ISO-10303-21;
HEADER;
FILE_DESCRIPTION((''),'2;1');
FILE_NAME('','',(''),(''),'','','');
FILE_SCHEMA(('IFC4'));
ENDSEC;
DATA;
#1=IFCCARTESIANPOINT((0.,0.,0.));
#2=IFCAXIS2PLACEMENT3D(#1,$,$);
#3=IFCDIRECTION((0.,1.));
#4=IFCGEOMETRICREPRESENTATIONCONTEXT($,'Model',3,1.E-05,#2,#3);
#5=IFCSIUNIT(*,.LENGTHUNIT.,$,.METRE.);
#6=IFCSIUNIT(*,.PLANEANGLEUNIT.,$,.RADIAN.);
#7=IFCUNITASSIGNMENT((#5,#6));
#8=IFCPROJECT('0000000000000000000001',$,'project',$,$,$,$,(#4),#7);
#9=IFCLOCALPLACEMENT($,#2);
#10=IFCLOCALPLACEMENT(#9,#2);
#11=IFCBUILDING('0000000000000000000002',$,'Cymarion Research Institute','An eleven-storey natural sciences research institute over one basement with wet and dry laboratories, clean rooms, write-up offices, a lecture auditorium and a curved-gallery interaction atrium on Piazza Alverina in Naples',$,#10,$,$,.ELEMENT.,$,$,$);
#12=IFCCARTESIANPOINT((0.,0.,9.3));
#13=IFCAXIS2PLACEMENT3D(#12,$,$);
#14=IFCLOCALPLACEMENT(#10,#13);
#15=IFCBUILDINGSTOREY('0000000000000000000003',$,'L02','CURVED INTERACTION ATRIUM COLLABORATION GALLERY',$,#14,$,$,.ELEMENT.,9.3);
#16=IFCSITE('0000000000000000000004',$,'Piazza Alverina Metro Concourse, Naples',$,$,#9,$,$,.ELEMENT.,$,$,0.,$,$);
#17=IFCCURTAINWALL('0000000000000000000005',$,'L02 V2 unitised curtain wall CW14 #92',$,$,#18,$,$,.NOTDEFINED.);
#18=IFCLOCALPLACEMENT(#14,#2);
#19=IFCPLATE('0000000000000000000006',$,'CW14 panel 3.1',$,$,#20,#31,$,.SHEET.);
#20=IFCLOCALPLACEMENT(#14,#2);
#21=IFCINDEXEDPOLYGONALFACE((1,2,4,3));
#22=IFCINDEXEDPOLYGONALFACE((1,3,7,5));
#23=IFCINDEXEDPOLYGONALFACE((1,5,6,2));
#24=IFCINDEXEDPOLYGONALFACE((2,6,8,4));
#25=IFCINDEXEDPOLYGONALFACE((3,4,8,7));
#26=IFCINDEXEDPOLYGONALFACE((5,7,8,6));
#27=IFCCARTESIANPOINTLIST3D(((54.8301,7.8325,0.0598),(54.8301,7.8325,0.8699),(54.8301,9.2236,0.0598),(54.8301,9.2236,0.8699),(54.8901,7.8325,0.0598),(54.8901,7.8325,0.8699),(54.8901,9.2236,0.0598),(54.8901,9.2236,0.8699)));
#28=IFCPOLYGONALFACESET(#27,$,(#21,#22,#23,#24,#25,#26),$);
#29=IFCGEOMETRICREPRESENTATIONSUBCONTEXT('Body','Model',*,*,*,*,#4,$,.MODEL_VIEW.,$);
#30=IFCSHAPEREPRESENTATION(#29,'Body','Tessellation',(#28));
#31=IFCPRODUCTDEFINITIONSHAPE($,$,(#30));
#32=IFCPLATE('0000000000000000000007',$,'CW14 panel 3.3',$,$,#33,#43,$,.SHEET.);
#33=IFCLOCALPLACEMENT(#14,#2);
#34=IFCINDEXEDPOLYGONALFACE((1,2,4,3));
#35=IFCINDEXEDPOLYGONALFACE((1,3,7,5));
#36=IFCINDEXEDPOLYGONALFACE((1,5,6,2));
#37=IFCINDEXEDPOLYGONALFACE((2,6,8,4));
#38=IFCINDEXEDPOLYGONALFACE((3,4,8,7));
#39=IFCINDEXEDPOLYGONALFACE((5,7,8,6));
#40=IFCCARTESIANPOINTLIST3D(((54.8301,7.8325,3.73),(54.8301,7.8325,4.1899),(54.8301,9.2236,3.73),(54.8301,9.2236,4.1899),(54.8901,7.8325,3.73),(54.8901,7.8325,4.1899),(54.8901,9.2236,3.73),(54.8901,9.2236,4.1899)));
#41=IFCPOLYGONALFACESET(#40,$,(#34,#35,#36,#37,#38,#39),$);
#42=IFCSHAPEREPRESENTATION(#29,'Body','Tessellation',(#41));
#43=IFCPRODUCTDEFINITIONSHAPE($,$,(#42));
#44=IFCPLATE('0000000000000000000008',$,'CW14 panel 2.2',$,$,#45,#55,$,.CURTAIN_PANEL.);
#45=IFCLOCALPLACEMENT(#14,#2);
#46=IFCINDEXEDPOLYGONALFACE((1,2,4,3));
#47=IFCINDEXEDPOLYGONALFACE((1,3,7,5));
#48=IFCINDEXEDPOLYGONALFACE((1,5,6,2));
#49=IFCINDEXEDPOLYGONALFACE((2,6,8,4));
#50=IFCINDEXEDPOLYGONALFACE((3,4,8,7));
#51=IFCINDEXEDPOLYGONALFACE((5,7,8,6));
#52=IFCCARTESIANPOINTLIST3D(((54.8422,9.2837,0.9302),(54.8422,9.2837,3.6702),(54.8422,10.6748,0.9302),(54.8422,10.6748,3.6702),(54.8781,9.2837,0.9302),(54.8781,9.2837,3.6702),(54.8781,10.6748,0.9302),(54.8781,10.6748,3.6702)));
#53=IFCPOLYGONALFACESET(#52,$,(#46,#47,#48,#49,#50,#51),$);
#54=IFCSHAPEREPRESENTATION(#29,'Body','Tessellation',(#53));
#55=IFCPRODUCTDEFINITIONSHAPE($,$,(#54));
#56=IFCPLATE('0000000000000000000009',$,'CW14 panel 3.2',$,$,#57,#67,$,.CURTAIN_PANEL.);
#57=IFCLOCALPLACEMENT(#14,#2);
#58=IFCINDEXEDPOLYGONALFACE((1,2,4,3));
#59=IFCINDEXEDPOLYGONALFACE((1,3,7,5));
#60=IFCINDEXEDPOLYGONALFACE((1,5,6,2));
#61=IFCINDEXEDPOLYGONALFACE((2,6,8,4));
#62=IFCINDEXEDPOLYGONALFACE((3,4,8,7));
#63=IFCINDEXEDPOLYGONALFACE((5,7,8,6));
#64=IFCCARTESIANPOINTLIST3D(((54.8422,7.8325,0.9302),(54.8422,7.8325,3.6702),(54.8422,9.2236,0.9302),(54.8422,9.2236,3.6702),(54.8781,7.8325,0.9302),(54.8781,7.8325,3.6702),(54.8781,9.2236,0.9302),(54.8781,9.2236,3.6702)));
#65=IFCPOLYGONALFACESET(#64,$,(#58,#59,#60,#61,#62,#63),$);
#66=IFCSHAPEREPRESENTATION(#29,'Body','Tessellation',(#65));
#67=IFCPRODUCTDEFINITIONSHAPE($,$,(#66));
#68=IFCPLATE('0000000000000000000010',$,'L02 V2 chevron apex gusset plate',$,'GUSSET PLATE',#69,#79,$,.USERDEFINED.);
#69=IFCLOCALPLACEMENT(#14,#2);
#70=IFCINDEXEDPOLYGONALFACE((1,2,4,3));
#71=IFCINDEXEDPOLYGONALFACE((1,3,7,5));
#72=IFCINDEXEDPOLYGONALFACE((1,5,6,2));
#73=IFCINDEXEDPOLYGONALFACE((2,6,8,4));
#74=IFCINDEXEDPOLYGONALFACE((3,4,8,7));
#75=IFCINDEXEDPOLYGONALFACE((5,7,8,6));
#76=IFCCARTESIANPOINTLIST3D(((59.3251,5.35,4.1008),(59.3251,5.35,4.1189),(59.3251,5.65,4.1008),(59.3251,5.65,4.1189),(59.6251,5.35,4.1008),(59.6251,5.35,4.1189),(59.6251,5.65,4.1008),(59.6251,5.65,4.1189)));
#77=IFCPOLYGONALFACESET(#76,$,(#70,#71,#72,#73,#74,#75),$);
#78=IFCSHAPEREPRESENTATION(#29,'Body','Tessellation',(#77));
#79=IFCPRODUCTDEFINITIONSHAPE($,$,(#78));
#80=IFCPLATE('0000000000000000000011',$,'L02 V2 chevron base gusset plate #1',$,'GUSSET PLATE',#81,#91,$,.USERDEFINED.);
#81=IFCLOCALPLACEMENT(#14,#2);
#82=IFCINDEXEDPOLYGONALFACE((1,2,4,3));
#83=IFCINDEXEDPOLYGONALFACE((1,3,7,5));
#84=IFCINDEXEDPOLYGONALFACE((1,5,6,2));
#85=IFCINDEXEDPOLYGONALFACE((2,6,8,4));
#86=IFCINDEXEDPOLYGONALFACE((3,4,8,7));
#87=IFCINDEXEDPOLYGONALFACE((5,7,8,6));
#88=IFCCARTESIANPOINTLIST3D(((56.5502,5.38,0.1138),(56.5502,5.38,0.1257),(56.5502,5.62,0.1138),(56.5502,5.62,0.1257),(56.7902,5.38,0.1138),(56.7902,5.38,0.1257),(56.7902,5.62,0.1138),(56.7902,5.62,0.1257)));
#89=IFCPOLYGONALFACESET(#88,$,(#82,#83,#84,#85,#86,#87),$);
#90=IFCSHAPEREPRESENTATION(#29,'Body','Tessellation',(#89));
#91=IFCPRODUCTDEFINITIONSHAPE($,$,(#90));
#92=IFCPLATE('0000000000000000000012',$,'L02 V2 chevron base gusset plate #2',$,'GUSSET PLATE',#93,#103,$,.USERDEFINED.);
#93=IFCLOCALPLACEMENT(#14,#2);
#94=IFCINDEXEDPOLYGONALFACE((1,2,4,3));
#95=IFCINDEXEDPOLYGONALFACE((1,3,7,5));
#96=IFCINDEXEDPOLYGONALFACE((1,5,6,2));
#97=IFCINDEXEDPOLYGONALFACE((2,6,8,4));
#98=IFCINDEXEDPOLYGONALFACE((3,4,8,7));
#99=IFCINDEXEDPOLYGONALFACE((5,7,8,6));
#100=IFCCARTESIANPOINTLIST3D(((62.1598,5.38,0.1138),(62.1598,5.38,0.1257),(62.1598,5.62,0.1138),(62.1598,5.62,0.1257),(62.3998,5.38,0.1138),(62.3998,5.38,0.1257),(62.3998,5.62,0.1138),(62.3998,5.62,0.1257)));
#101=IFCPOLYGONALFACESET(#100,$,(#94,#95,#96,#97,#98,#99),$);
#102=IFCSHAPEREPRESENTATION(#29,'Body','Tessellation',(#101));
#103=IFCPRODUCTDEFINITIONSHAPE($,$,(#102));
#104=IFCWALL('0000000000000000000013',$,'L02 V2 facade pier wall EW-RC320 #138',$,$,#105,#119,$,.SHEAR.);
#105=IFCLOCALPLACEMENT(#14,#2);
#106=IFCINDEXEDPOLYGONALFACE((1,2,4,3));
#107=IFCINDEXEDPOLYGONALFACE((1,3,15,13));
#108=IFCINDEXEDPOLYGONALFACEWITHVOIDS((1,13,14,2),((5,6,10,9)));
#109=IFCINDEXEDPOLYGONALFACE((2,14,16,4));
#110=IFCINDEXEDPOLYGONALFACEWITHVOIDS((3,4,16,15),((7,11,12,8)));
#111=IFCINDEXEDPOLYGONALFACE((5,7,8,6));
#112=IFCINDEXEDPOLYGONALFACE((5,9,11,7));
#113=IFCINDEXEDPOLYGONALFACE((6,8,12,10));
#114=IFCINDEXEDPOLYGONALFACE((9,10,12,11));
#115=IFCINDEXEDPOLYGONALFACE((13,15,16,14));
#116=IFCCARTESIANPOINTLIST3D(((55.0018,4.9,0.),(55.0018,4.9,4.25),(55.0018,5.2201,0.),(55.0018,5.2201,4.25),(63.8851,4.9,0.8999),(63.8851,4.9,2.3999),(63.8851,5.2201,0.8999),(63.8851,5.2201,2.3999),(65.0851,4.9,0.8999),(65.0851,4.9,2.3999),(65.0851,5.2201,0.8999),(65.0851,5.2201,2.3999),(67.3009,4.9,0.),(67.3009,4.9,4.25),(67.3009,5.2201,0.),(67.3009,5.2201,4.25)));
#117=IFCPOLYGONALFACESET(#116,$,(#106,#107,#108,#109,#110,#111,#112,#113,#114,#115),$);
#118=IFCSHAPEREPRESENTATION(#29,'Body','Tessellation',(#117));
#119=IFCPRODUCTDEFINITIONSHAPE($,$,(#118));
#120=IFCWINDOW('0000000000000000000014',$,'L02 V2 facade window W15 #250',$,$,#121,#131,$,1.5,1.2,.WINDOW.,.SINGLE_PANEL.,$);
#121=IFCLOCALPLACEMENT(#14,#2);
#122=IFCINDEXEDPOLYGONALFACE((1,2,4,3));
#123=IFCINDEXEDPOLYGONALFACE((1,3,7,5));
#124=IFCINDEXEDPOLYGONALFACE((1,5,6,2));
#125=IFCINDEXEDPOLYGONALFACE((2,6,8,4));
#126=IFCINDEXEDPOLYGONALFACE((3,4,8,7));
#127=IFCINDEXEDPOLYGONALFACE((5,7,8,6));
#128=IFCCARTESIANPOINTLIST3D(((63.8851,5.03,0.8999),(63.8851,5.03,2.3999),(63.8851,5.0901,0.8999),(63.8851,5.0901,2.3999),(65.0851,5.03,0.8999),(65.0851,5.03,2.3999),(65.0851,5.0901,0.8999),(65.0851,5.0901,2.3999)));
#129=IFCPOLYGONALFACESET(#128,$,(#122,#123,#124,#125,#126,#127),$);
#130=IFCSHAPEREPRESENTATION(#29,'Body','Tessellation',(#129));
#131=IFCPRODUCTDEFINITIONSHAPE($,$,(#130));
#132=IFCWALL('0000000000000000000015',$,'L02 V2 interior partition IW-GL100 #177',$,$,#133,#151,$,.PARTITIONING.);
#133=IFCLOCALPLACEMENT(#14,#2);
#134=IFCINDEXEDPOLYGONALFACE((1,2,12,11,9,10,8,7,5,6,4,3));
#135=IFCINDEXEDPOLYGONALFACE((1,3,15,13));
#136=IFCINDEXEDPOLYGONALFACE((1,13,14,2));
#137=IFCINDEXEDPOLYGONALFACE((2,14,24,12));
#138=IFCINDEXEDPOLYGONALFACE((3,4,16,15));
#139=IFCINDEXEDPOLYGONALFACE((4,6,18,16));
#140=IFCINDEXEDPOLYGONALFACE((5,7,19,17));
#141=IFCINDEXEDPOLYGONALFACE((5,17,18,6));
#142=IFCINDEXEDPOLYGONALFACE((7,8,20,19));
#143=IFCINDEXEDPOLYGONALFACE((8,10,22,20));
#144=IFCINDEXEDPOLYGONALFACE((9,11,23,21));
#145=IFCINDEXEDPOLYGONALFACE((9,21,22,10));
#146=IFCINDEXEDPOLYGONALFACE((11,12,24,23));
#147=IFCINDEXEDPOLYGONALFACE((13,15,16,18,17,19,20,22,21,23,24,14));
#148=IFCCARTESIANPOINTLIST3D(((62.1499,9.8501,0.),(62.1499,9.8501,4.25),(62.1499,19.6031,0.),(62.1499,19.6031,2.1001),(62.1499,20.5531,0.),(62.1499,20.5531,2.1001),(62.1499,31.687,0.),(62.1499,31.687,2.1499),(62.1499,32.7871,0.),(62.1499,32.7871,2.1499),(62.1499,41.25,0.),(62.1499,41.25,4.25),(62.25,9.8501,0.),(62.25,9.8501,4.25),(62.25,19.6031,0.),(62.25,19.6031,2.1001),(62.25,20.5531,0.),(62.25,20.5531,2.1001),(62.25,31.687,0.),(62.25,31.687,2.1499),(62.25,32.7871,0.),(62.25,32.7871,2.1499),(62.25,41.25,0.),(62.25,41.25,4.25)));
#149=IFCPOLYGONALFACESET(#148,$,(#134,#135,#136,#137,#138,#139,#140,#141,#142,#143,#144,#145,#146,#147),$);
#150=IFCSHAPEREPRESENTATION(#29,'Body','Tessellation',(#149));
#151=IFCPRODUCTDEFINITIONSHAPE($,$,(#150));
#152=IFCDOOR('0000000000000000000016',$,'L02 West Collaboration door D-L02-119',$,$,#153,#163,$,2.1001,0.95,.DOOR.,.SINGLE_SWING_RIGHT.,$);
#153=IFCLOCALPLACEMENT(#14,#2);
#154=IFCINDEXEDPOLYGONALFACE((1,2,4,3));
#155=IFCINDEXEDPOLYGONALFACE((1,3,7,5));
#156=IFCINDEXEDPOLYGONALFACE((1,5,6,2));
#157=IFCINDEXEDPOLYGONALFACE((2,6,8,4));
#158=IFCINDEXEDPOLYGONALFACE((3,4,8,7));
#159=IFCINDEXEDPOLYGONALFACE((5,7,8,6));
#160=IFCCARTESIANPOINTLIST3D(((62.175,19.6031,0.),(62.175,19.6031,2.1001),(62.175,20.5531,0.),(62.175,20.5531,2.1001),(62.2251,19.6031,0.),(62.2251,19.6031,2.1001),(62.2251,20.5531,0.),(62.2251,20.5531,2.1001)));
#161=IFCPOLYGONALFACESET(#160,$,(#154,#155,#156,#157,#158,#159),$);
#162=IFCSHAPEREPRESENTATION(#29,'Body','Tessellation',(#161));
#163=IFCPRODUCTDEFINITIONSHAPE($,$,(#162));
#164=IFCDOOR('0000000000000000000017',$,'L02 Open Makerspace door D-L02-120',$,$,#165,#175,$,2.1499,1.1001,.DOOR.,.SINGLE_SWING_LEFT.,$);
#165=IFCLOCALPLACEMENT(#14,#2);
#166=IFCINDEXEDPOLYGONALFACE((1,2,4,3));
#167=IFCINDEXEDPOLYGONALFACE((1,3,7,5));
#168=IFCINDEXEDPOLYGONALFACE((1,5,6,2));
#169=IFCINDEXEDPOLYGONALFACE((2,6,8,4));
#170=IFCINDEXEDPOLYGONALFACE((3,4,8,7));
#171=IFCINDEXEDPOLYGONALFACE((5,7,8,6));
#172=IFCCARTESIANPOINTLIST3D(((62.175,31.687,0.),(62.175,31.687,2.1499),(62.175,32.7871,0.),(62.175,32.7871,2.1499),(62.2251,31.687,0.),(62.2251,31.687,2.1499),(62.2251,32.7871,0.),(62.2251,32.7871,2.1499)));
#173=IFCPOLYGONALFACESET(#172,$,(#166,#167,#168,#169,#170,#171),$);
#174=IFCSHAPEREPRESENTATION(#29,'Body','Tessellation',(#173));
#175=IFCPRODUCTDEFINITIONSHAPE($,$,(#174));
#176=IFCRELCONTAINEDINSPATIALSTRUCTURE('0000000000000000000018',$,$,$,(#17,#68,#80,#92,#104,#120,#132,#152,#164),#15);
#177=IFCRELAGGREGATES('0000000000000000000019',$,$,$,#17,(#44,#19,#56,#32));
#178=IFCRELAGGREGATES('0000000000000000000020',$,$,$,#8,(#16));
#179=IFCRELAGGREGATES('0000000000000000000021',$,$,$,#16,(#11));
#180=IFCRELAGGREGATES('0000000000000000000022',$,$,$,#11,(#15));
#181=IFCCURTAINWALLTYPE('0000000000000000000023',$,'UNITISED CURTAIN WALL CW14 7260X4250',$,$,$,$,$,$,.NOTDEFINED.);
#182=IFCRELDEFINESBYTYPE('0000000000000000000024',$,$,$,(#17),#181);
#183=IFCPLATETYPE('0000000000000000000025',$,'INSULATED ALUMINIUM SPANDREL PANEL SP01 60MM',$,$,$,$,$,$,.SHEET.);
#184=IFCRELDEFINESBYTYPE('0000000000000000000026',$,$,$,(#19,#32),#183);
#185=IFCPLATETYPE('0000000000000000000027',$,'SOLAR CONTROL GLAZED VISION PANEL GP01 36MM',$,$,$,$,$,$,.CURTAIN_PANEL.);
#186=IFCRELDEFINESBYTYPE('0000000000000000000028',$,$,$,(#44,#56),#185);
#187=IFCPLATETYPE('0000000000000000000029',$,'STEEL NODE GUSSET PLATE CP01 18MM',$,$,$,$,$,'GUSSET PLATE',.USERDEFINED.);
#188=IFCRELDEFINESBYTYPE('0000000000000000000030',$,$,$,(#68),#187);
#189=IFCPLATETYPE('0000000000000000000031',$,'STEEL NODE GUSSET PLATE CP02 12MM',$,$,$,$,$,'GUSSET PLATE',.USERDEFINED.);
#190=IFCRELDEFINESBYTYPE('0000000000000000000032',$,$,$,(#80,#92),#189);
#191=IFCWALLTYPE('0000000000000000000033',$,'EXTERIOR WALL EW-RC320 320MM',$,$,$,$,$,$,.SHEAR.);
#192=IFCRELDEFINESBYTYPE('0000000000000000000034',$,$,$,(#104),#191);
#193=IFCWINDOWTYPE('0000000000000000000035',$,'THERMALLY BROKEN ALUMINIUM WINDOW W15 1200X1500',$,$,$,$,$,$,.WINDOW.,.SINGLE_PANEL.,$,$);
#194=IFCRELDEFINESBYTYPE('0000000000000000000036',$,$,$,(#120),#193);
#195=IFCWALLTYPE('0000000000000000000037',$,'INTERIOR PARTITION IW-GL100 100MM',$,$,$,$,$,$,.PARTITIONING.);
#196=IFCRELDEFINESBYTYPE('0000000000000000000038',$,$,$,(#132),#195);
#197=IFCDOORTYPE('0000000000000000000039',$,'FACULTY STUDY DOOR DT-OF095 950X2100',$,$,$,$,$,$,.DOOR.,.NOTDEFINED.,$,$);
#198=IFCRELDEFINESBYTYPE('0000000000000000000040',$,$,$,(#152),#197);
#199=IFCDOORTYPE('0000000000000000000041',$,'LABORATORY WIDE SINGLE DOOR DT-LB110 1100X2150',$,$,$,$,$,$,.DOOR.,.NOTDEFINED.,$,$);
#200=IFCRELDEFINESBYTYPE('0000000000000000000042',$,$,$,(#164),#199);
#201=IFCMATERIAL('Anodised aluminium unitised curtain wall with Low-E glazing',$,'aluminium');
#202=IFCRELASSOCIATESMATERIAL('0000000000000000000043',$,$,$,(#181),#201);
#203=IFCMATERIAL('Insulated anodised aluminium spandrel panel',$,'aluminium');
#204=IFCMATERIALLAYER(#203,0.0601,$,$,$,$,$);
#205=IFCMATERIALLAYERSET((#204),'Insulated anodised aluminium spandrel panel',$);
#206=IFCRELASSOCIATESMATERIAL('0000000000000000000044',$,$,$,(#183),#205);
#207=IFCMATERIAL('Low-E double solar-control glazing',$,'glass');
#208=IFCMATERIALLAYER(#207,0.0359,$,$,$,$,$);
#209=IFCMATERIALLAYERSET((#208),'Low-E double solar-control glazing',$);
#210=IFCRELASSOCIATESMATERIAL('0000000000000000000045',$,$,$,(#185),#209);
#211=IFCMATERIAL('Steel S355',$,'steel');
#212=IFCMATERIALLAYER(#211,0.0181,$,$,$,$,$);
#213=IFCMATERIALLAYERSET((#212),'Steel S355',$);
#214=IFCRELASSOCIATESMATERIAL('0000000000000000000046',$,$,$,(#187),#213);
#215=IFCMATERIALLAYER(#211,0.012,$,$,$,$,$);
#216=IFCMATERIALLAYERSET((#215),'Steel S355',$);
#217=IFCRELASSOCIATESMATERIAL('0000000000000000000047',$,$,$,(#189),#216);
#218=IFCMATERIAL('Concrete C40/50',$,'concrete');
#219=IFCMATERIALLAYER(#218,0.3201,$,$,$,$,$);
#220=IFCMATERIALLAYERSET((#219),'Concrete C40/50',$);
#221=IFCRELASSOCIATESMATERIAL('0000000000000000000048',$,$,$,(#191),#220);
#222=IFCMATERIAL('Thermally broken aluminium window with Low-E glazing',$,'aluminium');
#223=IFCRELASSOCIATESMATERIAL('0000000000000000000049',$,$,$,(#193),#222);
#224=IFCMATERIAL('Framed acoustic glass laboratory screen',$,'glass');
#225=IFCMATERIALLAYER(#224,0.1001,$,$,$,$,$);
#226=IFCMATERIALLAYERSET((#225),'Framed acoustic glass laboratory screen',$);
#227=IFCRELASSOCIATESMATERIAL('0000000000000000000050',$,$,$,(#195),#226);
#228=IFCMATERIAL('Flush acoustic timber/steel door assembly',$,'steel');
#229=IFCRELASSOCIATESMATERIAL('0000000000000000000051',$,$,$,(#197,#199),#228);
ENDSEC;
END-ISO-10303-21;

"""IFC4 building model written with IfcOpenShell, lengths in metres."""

from ifc_helpers import new_model, si_unit, direction, frame, frame_2d, origin, origin_2d, place, context, subcontext, project, spatial, rectangle, extrude, material, layer, layer_set, type_object, element, fill, aggregate, save


model = new_model("IFC4")

# Units and contexts
model_context = context("Model", 3, precision=1e-05, world=origin(), true_north=direction((0.0, 1.0)))
body_context = subcontext(model_context, "Body", "Model", "MODEL_VIEW")
ifc_project = project(units=[si_unit("LENGTHUNIT", "METRE"), si_unit("PLANEANGLEUNIT", "RADIAN")], contexts=[model_context])

# Site, building, storey
site_placement = place(None, origin())
site = spatial("IfcSite", under=ifc_project, at=site_placement, Name="Piazza Alverina Metro Concourse, Naples", CompositionType="ELEMENT", RefElevation=0.0)
building_placement = place(site_placement, origin())
building = spatial("IfcBuilding", under=site, at=building_placement, Name="Cymarion Research Institute", Description="An eleven-storey natural sciences research institute over one basement with wet and dry laboratories, clean rooms, write-up offices, a lecture auditorium and a curved-gallery interaction atrium on Piazza Alverina in Naples", CompositionType="ELEMENT")
storey_placement = place(building_placement, frame((0.0, 0.0, 9.3)))
storey = spatial("IfcBuildingStorey", under=building, at=storey_placement, Name="L02", Description="CURVED INTERACTION ATRIUM COLLABORATION GALLERY", CompositionType="ELEMENT", Elevation=9.3)

# Shared definitions
ifc_material_1 = material(Name="Steel S355", Category="steel")

# Shared definitions
ifc_material_2 = material(Name="Concrete C40/50", Category="concrete")

# Curtain wall
ifc_material_3 = material(Name="Anodised aluminium unitised curtain wall with Low-E glazing", Category="aluminium")
curtain_wall_type = type_object("IfcCurtainWallType", Name="UNITISED CURTAIN WALL CW14 7260X4250", PredefinedType="NOTDEFINED", material=ifc_material_3)
curtain_wall_placement = place(storey_placement, origin())
curtain_wall = element("IfcCurtainWall", 1, at=curtain_wall_placement, inside=storey, type_object=curtain_wall_type, Name="L02 V2 unitised curtain wall CW14 #92", PredefinedType="NOTDEFINED")

# Plates
ifc_material_4 = material(Name="Insulated anodised aluminium spandrel panel", Category="aluminium")
ifc_layer_1 = layer(ifc_material_4, 0.0601)
ifc_layer_set_1 = layer_set([ifc_layer_1], Name="Insulated anodised aluminium spandrel panel")
plate_type_1 = type_object("IfcPlateType", Name="INSULATED ALUMINIUM SPANDREL PANEL SP01 60MM", PredefinedType="SHEET", material=ifc_layer_set_1)
plate_1_placement = place(storey_placement, frame((54.8601, 8.5281, 0.0598), z_axis=(0.0, 0.0, 1.0), x_axis=(0.0, -1.0, 0.0)))
plate_1 = element("IfcPlate", 2, at=plate_1_placement, type_object=plate_type_1, Name="CW14 panel 3.1", PredefinedType="SHEET", context=body_context, shape_type="SweptSolid", body=[
    extrude(rectangle(XDim=1.3911, YDim=0.0601, at=origin_2d()), origin(), (0.0, 0.0, 1.0), 0.8101),
])
plate_2_placement = place(storey_placement, frame((54.8601, 8.5281, 3.73), z_axis=(0.0, 0.0, 1.0), x_axis=(0.0, -1.0, 0.0)))
plate_2 = element("IfcPlate", 3, at=plate_2_placement, type_object=plate_type_1, Name="CW14 panel 3.3", PredefinedType="SHEET", context=body_context, shape_type="SweptSolid", body=[
    extrude(rectangle(XDim=1.3911, YDim=0.0601, at=origin_2d()), origin(), (0.0, 0.0, 1.0), 0.46),
])
ifc_material_5 = material(Name="Low-E double solar-control glazing", Category="glass")
ifc_layer_2 = layer(ifc_material_5, 0.0359)
ifc_layer_set_2 = layer_set([ifc_layer_2], Name="Low-E double solar-control glazing")
plate_type_2 = type_object("IfcPlateType", Name="SOLAR CONTROL GLAZED VISION PANEL GP01 36MM", PredefinedType="CURTAIN_PANEL", material=ifc_layer_set_2)
plate_3_placement = place(storey_placement, frame((54.8601, 9.9792, 0.9302), z_axis=(0.0, 0.0, 1.0), x_axis=(0.0, -1.0, 0.0)))
plate_3 = element("IfcPlate", 4, at=plate_3_placement, type_object=plate_type_2, Name="CW14 panel 2.2", PredefinedType="CURTAIN_PANEL", context=body_context, shape_type="SweptSolid", body=[
    extrude(rectangle(XDim=1.3911, YDim=0.0359, at=origin_2d()), origin(), (0.0, 0.0, 1.0), 2.74),
])
plate_4_placement = place(storey_placement, frame((54.8601, 8.5281, 0.9302), z_axis=(0.0, 0.0, 1.0), x_axis=(0.0, -1.0, 0.0)))
plate_4 = element("IfcPlate", 5, at=plate_4_placement, type_object=plate_type_2, Name="CW14 panel 3.2", PredefinedType="CURTAIN_PANEL", context=body_context, shape_type="SweptSolid", body=[
    extrude(rectangle(XDim=1.3911, YDim=0.0359, at=origin_2d()), origin(), (0.0, 0.0, 1.0), 2.74),
])
aggregate(curtain_wall, [plate_3, plate_1, plate_4, plate_2])

# Plates
ifc_layer_3 = layer(ifc_material_1, 0.0181)
ifc_layer_set_3 = layer_set([ifc_layer_3], Name="Steel S355")
plate_type_3 = type_object("IfcPlateType", Name="STEEL NODE GUSSET PLATE CP01 18MM", ElementType="GUSSET PLATE", PredefinedType="USERDEFINED", material=ifc_layer_set_3)
plate_5_placement = place(storey_placement, frame((59.4751, 5.5, 4.1008), z_axis=(0.0, 0.0, 1.0), x_axis=(1.0, 0.0, 0.0)))
element("IfcPlate", 6, at=plate_5_placement, inside=storey, type_object=plate_type_3, Name="L02 V2 chevron apex gusset plate", ObjectType="GUSSET PLATE", PredefinedType="USERDEFINED", context=body_context, shape_type="SweptSolid", body=[
    extrude(rectangle(XDim=0.3, YDim=0.3, at=origin_2d()), origin(), (0.0, 0.0, 1.0), 0.0181),
])
ifc_layer_4 = layer(ifc_material_1, 0.012)
ifc_layer_set_4 = layer_set([ifc_layer_4], Name="Steel S355")
plate_type_4 = type_object("IfcPlateType", Name="STEEL NODE GUSSET PLATE CP02 12MM", ElementType="GUSSET PLATE", PredefinedType="USERDEFINED", material=ifc_layer_set_4)
for number, where, z_axis, x_axis, name in (
    (7, (56.6702, 5.5, 0.1138), (0.0, 0.0, 1.0), (1.0, 0.0, 0.0), "L02 V2 chevron base gusset plate #1"),
    (8, (62.2798, 5.5, 0.1138), (0.0, 0.0, 1.0), (1.0, 0.0, 0.0), "L02 V2 chevron base gusset plate #2"),
):
    element("IfcPlate", number, at=place(storey_placement, frame(where, z_axis=z_axis, x_axis=x_axis)), inside=storey, type_object=plate_type_4, Name=name, ObjectType="GUSSET PLATE", PredefinedType="USERDEFINED", context=body_context, shape_type="SweptSolid", body=[
        extrude(rectangle(XDim=0.24, YDim=0.24, at=origin_2d()), origin(), (0.0, 0.0, 1.0), 0.012),
    ])

# Wall, opening, window
ifc_layer_5 = layer(ifc_material_2, 0.3201)
ifc_layer_set_5 = layer_set([ifc_layer_5], Name="Concrete C40/50")
wall_type_1 = type_object("IfcWallType", Name="EXTERIOR WALL EW-RC320 320MM", PredefinedType="SHEAR", material=ifc_layer_set_5)
wall_1_placement = place(storey_placement, frame((55.002, 5.0601, 0.0), z_axis=(0.0, 0.0, 1.0), x_axis=(1.0, 0.0, 0.0)))
wall_1 = element("IfcWall", 9, at=wall_1_placement, inside=storey, type_object=wall_type_1, Name="L02 V2 facade pier wall EW-RC320 #138", PredefinedType="SHEAR", context=body_context, shape_type="SweptSolid", body=[
    extrude(rectangle(XDim=12.2991, YDim=0.3201, at=frame_2d((6.1494, 0.0))), origin(), (0.0, 0.0, 1.0), 4.25),
])
opening_1_placement = place(wall_1_placement, frame((8.8831, 0.0, 0.8999)))
opening_1 = element("IfcOpeningElement", 10, at=opening_1_placement, cuts=wall_1, PredefinedType="OPENING", context=body_context, shape_type="SweptSolid", body=[
    extrude(rectangle(XDim=1.2, YDim=1.5, at=frame_2d((0.6001, 0.75))), frame((0.0, 0.1699, 0.0), z_axis=(0.0, -1.0, 0.0), x_axis=(1.0, 0.0, 0.0)), (0.0, 0.0, 1.0), 0.3401),
])
ifc_material_6 = material(Name="Thermally broken aluminium window with Low-E glazing", Category="aluminium")
window_type = type_object("IfcWindowType", Name="THERMALLY BROKEN ALUMINIUM WINDOW W15 1200X1500", PartitioningType="SINGLE_PANEL", PredefinedType="WINDOW", material=ifc_material_6)
window_placement = place(opening_1_placement, origin())
window = element("IfcWindow", 11, at=window_placement, inside=storey, type_object=window_type, Name="L02 V2 facade window W15 #250", OverallHeight=1.5, OverallWidth=1.2, PartitioningType="SINGLE_PANEL", PredefinedType="WINDOW", context=body_context, shape_type="SweptSolid", body=[
    extrude(rectangle(XDim=1.2, YDim=1.5, at=frame_2d((0.6001, 0.75))), frame((0.0, 0.03, 0.0), z_axis=(0.0, -1.0, 0.0), x_axis=(1.0, 0.0, 0.0)), (0.0, 0.0, 1.0), 0.0601),
])
fill(opening_1, window)

# Wall, openings, doors
ifc_material_7 = material(Name="Framed acoustic glass laboratory screen", Category="glass")
ifc_layer_6 = layer(ifc_material_7, 0.1001)
ifc_layer_set_6 = layer_set([ifc_layer_6], Name="Framed acoustic glass laboratory screen")
wall_type_2 = type_object("IfcWallType", Name="INTERIOR PARTITION IW-GL100 100MM", PredefinedType="PARTITIONING", material=ifc_layer_set_6)
wall_2_placement = place(storey_placement, frame((62.2, 9.8501, 0.0), z_axis=(0.0, 0.0, 1.0), x_axis=(0.0, 1.0, 0.0)))
wall_2 = element("IfcWall", 12, at=wall_2_placement, inside=storey, type_object=wall_type_2, Name="L02 V2 interior partition IW-GL100 #177", PredefinedType="PARTITIONING", context=body_context, shape_type="SweptSolid", body=[
    extrude(rectangle(XDim=31.3999, YDim=0.1001, at=frame_2d((15.7, 0.0))), origin(), (0.0, 0.0, 1.0), 4.25),
])
opening_2_placement = place(wall_2_placement, frame((9.7529, 0.0, 0.0)))
opening_2 = element("IfcOpeningElement", 13, at=opening_2_placement, cuts=wall_2, PredefinedType="OPENING", context=body_context, shape_type="SweptSolid", body=[
    extrude(rectangle(XDim=0.95, YDim=2.1001, at=frame_2d((0.4751, 1.05))), frame((0.0, 0.0601, 0.0), z_axis=(0.0, -1.0, 0.0), x_axis=(1.0, 0.0, 0.0)), (0.0, 0.0, 1.0), 0.1201),
])
opening_3_placement = place(wall_2_placement, frame((21.8369, 0.0, 0.0)))
opening_3 = element("IfcOpeningElement", 14, at=opening_3_placement, cuts=wall_2, PredefinedType="OPENING", context=body_context, shape_type="SweptSolid", body=[
    extrude(rectangle(XDim=1.1001, YDim=2.1499, at=frame_2d((0.55, 1.075))), frame((0.0, 0.0601, 0.0), z_axis=(0.0, -1.0, 0.0), x_axis=(1.0, 0.0, 0.0)), (0.0, 0.0, 1.0), 0.1201),
])
ifc_material_8 = material(Name="Flush acoustic timber/steel door assembly", Category="steel")
door_type_1 = type_object("IfcDoorType", Name="FACULTY STUDY DOOR DT-OF095 950X2100", OperationType="NOTDEFINED", PredefinedType="DOOR", material=ifc_material_8)
door_1_placement = place(opening_2_placement, origin())
door_1 = element("IfcDoor", 15, at=door_1_placement, inside=storey, type_object=door_type_1, Name="L02 West Collaboration door D-L02-119", OperationType="SINGLE_SWING_RIGHT", OverallHeight=2.1001, OverallWidth=0.95, PredefinedType="DOOR", context=body_context, shape_type="SweptSolid", body=[
    extrude(rectangle(XDim=0.95, YDim=2.1001, at=frame_2d((0.4751, 1.05))), frame((0.0, 0.0249, 0.0), z_axis=(0.0, -1.0, 0.0), x_axis=(1.0, 0.0, 0.0)), (0.0, 0.0, 1.0), 0.05),
])
fill(opening_2, door_1)
door_type_2 = type_object("IfcDoorType", Name="LABORATORY WIDE SINGLE DOOR DT-LB110 1100X2150", OperationType="NOTDEFINED", PredefinedType="DOOR", material=ifc_material_8)
door_2_placement = place(opening_3_placement, origin())
door_2 = element("IfcDoor", 16, at=door_2_placement, inside=storey, type_object=door_type_2, Name="L02 Open Makerspace door D-L02-120", OperationType="SINGLE_SWING_LEFT", OverallHeight=2.1499, OverallWidth=1.1001, PredefinedType="DOOR", context=body_context, shape_type="SweptSolid", body=[
    extrude(rectangle(XDim=1.1001, YDim=2.1499, at=frame_2d((0.55, 1.075))), frame((0.0, 0.0249, 0.0), z_axis=(0.0, -1.0, 0.0), x_axis=(1.0, 0.0, 0.0)), (0.0, 0.0, 1.0), 0.05),
])
fill(opening_3, door_2)

save(model, "model.ifc")
